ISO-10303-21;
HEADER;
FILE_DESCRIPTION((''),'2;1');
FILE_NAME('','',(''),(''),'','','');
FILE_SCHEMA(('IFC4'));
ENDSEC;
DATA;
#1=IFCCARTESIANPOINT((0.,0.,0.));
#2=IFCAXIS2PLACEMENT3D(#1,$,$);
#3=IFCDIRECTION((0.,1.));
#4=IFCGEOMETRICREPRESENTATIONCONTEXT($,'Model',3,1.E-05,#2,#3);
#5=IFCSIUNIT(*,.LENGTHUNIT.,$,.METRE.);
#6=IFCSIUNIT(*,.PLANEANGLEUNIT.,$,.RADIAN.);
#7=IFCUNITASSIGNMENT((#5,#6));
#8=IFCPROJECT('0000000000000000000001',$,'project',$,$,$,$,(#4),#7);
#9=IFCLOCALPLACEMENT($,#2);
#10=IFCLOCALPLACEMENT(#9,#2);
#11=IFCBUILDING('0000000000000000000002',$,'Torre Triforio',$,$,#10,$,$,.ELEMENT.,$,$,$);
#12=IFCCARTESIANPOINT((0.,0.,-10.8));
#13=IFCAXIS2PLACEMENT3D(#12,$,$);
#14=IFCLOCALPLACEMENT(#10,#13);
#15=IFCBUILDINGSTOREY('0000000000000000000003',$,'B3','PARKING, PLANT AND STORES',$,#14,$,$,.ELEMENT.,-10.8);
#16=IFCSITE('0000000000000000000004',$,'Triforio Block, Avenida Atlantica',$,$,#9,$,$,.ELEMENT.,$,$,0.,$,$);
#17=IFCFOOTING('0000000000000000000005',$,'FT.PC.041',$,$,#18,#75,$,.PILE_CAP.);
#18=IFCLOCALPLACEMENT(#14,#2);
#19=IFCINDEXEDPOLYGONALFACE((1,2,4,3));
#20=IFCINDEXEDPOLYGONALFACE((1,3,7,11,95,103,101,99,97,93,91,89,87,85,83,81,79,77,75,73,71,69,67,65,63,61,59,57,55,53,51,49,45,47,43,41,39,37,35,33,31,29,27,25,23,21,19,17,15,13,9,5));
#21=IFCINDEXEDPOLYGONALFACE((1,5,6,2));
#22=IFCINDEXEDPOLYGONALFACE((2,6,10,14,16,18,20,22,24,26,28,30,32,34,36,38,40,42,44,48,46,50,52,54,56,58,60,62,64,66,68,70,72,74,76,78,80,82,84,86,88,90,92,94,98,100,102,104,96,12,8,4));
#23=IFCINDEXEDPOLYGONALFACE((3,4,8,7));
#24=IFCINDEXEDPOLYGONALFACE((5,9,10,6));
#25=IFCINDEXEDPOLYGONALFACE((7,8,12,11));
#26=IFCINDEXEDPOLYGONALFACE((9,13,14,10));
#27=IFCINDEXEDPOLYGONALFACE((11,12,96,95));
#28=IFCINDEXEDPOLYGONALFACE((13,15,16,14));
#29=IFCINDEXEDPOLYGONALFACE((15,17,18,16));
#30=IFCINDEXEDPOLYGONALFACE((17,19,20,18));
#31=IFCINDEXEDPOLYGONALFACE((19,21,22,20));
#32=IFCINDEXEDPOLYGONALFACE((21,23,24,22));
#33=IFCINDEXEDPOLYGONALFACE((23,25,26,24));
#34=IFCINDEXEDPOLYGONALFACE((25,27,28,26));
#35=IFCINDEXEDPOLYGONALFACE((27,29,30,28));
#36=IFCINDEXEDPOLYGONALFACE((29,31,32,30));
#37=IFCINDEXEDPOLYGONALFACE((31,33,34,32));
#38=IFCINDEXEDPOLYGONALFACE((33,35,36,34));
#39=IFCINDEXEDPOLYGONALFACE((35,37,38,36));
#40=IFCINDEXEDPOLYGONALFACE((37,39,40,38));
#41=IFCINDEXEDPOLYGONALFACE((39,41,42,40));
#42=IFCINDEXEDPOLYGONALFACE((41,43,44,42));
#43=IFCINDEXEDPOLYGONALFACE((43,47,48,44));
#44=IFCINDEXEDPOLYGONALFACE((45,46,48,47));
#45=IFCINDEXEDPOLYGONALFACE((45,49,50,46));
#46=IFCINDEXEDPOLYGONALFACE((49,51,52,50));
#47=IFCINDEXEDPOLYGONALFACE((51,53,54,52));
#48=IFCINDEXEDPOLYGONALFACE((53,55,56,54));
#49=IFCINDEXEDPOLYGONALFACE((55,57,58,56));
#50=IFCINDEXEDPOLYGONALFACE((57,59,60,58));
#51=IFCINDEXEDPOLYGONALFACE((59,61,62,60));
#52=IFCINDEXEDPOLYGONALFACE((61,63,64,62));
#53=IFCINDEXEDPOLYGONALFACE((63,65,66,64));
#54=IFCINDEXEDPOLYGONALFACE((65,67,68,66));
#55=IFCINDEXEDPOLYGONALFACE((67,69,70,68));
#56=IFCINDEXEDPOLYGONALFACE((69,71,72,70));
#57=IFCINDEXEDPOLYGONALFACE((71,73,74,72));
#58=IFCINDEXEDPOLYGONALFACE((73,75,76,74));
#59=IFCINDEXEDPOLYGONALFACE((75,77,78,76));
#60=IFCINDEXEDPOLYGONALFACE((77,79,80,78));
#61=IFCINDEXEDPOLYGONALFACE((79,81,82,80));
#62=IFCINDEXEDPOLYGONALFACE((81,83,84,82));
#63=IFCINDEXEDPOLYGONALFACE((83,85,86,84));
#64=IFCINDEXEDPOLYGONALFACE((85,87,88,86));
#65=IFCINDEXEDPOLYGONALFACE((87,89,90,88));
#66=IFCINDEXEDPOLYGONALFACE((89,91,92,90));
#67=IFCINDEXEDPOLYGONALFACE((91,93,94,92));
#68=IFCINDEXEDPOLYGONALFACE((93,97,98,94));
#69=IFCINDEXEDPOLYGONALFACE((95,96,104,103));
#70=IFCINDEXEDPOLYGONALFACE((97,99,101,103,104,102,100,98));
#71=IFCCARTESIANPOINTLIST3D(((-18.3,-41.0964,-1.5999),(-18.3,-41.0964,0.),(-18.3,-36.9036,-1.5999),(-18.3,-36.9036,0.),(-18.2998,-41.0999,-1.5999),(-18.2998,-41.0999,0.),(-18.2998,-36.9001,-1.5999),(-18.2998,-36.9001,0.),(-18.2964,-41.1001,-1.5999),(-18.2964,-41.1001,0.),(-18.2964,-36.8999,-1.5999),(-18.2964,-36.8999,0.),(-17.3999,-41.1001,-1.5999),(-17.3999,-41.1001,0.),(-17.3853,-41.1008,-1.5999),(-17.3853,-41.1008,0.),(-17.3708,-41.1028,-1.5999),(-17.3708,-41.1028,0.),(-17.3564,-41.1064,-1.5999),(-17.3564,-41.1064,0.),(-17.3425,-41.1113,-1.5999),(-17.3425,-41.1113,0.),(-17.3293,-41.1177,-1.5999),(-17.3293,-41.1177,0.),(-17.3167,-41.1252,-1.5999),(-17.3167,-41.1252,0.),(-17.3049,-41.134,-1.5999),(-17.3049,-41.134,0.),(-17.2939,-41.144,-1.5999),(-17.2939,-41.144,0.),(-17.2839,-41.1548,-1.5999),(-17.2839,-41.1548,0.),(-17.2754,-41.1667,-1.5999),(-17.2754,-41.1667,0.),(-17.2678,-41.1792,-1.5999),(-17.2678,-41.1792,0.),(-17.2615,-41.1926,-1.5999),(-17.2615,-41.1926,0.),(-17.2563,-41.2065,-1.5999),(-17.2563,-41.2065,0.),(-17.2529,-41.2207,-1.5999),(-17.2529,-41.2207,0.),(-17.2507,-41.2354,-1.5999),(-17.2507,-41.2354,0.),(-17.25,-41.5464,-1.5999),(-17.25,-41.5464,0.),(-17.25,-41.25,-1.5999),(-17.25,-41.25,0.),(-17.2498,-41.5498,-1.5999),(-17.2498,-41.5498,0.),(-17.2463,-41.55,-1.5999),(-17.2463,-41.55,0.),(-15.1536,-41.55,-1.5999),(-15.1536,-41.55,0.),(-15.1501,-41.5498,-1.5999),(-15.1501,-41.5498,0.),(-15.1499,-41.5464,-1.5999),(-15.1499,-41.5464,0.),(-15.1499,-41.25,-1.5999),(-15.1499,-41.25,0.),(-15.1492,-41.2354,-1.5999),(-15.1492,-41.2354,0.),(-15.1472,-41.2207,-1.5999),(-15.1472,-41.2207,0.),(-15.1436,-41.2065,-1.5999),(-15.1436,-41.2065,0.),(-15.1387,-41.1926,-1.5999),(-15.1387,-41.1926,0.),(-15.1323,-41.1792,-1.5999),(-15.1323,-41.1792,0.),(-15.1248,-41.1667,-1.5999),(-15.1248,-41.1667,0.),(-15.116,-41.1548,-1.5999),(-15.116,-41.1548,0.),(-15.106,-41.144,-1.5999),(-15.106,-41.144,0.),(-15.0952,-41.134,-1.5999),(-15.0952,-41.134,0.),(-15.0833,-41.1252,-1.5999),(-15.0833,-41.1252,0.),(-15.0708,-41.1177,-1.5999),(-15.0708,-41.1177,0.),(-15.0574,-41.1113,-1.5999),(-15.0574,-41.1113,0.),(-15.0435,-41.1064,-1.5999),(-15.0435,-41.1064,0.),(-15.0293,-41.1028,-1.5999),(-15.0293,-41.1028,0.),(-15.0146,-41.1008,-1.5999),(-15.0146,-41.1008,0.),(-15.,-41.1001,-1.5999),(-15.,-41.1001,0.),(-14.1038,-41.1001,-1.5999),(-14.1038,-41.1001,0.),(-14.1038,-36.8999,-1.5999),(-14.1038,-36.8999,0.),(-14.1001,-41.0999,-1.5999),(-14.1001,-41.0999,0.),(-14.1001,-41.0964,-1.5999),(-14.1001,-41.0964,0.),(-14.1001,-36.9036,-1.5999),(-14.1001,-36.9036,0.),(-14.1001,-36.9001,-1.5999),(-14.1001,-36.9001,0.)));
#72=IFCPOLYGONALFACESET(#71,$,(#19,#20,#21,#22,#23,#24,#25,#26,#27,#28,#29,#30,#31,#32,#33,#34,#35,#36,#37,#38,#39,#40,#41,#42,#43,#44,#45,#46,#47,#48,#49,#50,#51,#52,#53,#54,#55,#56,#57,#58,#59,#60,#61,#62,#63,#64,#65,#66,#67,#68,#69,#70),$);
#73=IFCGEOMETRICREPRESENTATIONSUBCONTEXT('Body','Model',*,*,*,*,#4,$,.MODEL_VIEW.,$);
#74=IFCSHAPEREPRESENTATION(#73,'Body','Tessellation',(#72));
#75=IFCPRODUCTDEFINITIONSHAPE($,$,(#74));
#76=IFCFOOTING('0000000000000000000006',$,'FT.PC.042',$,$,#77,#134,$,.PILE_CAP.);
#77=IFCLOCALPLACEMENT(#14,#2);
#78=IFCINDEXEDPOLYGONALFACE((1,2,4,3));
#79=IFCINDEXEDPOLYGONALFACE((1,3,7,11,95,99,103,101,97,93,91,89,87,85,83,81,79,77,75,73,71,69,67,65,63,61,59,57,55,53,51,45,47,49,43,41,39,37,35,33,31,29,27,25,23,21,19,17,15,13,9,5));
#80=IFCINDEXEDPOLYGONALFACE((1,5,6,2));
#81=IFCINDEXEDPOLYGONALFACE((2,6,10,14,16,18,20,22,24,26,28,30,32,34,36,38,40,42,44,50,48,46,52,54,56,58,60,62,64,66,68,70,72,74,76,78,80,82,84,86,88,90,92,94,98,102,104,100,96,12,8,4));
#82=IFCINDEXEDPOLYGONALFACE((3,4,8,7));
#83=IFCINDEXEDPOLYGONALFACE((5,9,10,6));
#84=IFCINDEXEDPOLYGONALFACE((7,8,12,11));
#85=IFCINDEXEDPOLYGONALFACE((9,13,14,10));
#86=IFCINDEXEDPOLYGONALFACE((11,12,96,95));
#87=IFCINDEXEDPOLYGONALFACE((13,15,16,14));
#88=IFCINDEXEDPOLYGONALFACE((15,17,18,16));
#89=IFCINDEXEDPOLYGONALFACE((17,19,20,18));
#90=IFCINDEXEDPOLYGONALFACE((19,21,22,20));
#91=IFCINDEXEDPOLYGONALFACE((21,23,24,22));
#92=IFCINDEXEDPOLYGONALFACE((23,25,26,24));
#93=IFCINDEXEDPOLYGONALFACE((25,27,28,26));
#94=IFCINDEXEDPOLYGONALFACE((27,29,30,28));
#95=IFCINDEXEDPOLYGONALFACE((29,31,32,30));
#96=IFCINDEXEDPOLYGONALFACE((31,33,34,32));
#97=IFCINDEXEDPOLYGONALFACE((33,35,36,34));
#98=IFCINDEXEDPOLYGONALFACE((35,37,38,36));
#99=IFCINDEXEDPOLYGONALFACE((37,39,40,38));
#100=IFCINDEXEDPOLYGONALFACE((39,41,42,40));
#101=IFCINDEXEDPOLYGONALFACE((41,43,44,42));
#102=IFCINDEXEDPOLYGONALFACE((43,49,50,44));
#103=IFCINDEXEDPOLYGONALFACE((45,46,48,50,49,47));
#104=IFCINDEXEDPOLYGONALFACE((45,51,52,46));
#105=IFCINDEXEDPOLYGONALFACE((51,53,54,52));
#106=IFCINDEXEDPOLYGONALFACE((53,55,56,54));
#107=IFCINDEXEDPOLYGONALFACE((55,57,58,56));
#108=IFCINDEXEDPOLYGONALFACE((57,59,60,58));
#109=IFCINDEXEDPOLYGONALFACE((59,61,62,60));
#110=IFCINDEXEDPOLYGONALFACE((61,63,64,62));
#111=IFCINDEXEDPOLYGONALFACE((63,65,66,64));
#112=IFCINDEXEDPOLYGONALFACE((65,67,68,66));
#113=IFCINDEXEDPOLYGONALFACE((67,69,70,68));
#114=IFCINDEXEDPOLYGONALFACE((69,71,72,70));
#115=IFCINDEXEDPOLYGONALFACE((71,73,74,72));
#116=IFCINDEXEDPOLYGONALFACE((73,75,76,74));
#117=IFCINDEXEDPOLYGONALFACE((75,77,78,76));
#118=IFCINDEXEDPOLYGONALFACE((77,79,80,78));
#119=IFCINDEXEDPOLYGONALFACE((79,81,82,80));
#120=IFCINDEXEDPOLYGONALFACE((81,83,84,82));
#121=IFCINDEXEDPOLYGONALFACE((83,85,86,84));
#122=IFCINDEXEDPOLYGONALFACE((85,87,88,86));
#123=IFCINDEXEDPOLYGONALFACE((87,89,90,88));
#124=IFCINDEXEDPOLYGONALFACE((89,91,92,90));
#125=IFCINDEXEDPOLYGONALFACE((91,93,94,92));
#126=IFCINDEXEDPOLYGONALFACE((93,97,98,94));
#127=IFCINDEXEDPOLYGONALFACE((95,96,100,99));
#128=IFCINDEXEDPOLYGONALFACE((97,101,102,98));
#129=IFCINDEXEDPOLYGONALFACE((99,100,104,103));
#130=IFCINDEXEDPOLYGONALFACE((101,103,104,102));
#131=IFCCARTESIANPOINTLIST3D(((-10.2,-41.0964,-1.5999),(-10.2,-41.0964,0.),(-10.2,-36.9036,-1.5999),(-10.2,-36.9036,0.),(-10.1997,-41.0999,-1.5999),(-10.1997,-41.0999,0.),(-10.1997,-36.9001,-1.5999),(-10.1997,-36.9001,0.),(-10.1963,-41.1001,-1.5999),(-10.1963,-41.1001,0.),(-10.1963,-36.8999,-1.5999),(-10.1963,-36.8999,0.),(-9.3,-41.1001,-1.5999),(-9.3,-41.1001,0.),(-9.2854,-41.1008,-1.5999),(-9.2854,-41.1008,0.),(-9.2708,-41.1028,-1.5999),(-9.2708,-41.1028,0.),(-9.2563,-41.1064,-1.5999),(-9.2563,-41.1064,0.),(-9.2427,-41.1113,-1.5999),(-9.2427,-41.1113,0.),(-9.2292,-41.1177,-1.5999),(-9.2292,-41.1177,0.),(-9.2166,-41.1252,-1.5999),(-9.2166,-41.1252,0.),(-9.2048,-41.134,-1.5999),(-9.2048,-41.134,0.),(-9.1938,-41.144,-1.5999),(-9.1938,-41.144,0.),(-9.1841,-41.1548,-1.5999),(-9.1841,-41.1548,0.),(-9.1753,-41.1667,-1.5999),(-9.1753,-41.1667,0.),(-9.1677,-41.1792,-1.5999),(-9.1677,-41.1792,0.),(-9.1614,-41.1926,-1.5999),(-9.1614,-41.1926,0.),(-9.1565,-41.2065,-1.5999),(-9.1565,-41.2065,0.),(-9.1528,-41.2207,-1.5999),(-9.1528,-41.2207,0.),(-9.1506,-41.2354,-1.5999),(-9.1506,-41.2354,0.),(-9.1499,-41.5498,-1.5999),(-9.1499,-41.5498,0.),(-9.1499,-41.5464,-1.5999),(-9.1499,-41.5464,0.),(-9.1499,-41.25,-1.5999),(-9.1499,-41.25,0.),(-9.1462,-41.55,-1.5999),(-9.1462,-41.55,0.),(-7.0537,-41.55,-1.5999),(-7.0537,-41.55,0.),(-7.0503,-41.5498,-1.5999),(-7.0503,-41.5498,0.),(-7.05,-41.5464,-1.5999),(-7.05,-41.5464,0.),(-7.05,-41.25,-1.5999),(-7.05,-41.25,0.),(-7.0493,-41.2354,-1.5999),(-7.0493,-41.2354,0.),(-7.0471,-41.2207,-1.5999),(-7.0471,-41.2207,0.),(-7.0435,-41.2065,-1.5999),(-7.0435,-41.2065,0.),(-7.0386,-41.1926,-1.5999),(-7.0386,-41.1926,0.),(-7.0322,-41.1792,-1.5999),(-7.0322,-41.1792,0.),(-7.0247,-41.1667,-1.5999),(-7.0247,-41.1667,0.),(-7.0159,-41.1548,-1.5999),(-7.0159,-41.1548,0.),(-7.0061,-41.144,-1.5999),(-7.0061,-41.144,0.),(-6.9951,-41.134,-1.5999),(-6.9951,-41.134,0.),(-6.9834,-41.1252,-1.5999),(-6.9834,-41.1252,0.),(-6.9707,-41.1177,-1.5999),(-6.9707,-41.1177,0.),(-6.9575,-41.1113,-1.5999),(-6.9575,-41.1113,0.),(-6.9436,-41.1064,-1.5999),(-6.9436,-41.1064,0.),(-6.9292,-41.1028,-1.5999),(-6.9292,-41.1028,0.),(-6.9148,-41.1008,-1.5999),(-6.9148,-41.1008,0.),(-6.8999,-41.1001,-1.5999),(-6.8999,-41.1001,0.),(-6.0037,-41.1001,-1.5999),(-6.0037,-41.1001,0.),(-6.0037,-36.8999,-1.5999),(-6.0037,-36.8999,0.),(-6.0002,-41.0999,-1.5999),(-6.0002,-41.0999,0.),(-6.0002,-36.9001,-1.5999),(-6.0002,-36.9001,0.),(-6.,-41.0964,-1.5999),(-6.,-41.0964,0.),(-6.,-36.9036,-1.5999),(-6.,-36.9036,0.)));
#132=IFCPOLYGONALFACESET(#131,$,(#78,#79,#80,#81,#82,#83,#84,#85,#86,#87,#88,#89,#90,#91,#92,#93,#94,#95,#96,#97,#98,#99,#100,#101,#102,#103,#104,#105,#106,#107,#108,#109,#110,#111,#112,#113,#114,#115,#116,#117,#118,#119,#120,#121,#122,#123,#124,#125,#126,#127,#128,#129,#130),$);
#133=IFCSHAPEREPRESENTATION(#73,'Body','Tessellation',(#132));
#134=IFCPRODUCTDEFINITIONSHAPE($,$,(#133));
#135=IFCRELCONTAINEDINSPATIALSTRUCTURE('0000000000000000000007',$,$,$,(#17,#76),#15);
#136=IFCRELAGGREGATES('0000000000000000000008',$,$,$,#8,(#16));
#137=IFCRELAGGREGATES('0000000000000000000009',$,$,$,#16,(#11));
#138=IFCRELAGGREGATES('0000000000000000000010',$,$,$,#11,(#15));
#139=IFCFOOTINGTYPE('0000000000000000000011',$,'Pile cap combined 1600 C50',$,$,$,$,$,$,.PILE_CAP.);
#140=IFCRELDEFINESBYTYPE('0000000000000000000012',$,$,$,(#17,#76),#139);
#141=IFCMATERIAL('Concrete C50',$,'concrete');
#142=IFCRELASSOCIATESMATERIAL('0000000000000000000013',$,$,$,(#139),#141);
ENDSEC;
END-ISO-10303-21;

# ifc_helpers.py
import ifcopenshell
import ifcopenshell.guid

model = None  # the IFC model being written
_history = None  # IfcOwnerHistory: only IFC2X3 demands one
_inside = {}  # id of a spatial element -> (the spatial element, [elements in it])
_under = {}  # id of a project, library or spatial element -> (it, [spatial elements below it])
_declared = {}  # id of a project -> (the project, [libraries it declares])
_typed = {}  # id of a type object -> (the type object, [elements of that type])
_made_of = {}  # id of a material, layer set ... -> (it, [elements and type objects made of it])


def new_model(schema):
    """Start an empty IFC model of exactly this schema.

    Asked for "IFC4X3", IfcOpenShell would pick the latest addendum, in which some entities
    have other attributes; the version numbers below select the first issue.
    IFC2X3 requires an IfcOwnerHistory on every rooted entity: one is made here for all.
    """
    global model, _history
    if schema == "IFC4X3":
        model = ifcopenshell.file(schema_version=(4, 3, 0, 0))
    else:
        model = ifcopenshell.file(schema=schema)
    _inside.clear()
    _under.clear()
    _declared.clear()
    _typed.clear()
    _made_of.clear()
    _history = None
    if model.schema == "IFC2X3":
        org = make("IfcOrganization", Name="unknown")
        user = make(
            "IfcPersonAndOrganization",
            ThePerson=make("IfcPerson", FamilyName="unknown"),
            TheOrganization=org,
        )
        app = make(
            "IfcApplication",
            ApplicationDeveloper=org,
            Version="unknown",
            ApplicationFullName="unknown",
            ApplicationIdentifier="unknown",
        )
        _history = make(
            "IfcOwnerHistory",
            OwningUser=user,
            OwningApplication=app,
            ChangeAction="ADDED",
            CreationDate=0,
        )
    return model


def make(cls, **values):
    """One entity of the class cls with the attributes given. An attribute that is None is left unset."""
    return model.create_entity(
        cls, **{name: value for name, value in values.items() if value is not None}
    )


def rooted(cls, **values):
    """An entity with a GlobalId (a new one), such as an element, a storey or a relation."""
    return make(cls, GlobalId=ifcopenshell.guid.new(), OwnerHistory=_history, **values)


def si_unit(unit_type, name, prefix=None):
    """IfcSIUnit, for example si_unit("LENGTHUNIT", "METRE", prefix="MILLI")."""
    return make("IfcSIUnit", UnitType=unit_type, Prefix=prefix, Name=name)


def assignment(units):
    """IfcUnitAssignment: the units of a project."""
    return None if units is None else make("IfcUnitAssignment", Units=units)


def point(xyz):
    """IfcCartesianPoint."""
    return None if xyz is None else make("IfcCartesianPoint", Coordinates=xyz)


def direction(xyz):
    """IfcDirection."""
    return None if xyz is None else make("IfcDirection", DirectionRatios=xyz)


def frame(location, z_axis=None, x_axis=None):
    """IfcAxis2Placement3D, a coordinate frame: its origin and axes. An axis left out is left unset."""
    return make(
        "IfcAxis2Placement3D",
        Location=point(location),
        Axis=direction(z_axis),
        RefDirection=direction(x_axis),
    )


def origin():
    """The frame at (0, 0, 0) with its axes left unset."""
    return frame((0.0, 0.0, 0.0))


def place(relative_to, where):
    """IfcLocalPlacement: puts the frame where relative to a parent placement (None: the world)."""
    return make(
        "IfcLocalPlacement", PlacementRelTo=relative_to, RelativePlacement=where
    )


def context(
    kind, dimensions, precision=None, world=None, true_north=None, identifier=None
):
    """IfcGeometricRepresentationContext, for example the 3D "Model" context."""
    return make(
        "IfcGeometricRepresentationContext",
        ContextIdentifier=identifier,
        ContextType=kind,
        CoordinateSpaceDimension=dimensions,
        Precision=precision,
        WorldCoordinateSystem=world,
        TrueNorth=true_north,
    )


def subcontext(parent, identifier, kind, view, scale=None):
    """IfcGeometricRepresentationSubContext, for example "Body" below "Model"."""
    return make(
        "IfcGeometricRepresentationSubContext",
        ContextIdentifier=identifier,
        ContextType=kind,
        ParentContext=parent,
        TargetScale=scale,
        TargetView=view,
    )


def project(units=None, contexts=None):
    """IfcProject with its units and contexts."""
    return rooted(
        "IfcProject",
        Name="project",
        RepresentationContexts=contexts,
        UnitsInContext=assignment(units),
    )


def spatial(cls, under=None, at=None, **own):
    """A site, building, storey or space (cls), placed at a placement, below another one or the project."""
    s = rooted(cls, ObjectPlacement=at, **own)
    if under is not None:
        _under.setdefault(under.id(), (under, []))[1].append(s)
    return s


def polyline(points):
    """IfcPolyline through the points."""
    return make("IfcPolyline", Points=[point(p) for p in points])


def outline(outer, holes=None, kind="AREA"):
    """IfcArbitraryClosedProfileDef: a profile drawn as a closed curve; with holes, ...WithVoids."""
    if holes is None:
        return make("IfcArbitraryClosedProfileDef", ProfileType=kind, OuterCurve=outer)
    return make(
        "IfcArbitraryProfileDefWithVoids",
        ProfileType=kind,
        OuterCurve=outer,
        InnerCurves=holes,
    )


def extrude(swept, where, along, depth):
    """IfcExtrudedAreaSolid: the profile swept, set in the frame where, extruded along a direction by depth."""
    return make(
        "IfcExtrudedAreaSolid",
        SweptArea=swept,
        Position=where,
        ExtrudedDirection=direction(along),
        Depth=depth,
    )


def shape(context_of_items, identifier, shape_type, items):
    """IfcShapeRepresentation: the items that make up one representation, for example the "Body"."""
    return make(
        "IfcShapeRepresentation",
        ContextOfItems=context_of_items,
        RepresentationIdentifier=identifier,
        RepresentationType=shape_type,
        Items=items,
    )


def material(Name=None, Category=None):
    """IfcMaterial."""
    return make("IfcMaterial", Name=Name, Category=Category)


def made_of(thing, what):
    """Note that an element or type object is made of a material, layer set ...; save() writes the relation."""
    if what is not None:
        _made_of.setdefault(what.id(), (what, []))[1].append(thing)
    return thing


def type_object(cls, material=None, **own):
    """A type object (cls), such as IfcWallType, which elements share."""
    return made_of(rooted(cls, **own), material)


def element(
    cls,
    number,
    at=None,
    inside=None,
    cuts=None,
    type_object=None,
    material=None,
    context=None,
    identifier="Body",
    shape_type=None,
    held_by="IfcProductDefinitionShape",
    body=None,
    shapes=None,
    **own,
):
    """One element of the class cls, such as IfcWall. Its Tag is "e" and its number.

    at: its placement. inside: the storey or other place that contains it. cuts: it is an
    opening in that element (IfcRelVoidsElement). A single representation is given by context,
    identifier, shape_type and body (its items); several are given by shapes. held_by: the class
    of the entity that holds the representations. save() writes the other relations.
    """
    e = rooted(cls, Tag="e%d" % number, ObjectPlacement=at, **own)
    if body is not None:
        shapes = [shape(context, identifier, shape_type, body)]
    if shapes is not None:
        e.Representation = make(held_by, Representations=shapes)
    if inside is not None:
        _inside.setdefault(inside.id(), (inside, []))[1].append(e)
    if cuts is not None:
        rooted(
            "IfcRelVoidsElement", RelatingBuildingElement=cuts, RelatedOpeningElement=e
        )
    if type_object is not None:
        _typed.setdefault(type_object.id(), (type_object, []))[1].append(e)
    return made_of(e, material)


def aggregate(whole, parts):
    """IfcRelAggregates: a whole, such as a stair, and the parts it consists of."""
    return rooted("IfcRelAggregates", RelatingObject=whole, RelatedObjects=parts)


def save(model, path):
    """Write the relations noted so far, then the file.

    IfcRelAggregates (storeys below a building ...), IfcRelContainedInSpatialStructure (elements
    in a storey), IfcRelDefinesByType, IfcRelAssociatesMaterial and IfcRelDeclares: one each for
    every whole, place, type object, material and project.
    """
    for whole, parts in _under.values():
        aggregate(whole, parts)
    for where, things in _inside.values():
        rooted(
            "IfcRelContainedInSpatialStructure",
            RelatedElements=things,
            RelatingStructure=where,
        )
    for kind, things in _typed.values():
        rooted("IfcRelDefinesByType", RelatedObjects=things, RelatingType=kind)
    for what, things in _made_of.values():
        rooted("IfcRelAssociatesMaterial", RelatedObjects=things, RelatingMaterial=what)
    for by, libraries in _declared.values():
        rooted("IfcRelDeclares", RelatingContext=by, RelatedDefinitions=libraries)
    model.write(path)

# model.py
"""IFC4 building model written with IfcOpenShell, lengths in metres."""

from ifc_helpers import new_model, si_unit, direction, frame, origin, place, context, subcontext, project, spatial, polyline, outline, extrude, material, type_object, element, save


model = new_model("IFC4")

# Units and contexts
model_context = context("Model", 3, precision=1e-05, world=origin(), true_north=direction((0.0, 1.0)))
body_context = subcontext(model_context, "Body", "Model", "MODEL_VIEW")
ifc_project = project(units=[si_unit("LENGTHUNIT", "METRE"), si_unit("PLANEANGLEUNIT", "RADIAN")], contexts=[model_context])

# Site, building, storey
site_placement = place(None, origin())
site = spatial("IfcSite", under=ifc_project, at=site_placement, Name="Triforio Block, Avenida Atlantica", CompositionType="ELEMENT", RefElevation=0.0)
building_placement = place(site_placement, origin())
building = spatial("IfcBuilding", under=site, at=building_placement, Name="Torre Triforio", CompositionType="ELEMENT")
storey_placement = place(building_placement, frame((0.0, 0.0, -10.8)))
storey = spatial("IfcBuildingStorey", under=building, at=storey_placement, Name="B3", Description="PARKING, PLANT AND STORES", CompositionType="ELEMENT", Elevation=-10.8)

# Footings
ifc_material_1 = material(Name="Concrete C50", Category="concrete")
footing_type_1 = type_object("IfcFootingType", Name="Pile cap combined 1600 C50", PredefinedType="PILE_CAP", material=ifc_material_1)
footing_1_placement = place(storey_placement, frame((0.0, 0.0, -1.5999)))
element("IfcFooting", 1, at=footing_1_placement, inside=storey, type_object=footing_type_1, Name="FT.PC.041", PredefinedType="PILE_CAP", context=body_context, shape_type="SweptSolid", body=[
    extrude(outline(polyline([(-18.2998, -41.0999), (-18.2964, -41.1001), (-17.3999, -41.1001), (-17.3853, -41.1008), (-17.3708, -41.1028), (-17.3564, -41.1064), (-17.3425, -41.1113), (-17.3293, -41.1177), (-17.3167, -41.1252), (-17.3049, -41.134), (-17.2939, -41.144), (-17.2839, -41.1548), (-17.2754, -41.1667), (-17.2678, -41.1792), (-17.2615, -41.1926), (-17.2563, -41.2065), (-17.2529, -41.2207), (-17.2507, -41.2354), (-17.25, -41.25), (-17.25, -41.5464), (-17.2498, -41.5498), (-17.2463, -41.55), (-15.1536, -41.55), (-15.1501, -41.5498), (-15.1499, -41.5464), (-15.1499, -41.25), (-15.1492, -41.2354), (-15.1472, -41.2207), (-15.1436, -41.2065), (-15.1387, -41.1926), (-15.1323, -41.1792), (-15.1248, -41.1667), (-15.116, -41.1548), (-15.106, -41.144), (-15.0952, -41.134), (-15.0833, -41.1252), (-15.0708, -41.1177), (-15.0574, -41.1113), (-15.0435, -41.1064), (-15.0293, -41.1028), (-15.0146, -41.1008), (-15.0, -41.1001), (-14.1038, -41.1001), (-14.1001, -41.0999), (-14.1001, -41.0964), (-14.1001, -36.9036), (-14.1001, -36.9001), (-14.1038, -36.8999), (-18.2964, -36.8999), (-18.2998, -36.9001), (-18.3, -36.9036), (-18.3, -41.0964), (-18.2998, -41.0999)])), origin(), (0.0, 0.0, 1.0), 1.5999),
])
footing_2_placement = place(storey_placement, frame((0.0, 0.0, -1.5999)))
element("IfcFooting", 2, at=footing_2_placement, inside=storey, type_object=footing_type_1, Name="FT.PC.042", PredefinedType="PILE_CAP", context=body_context, shape_type="SweptSolid", body=[
    extrude(outline(polyline([(-10.1997, -41.0999), (-10.1963, -41.1001), (-9.3, -41.1001), (-9.2854, -41.1008), (-9.2708, -41.1028), (-9.2563, -41.1064), (-9.2427, -41.1113), (-9.2292, -41.1177), (-9.2166, -41.1252), (-9.2048, -41.134), (-9.1938, -41.144), (-9.1841, -41.1548), (-9.1753, -41.1667), (-9.1677, -41.1792), (-9.1614, -41.1926), (-9.1565, -41.2065), (-9.1528, -41.2207), (-9.1506, -41.2354), (-9.1499, -41.25), (-9.1499, -41.5464), (-9.1499, -41.5498), (-9.1462, -41.55), (-7.0537, -41.55), (-7.0503, -41.5498), (-7.05, -41.5464), (-7.05, -41.25), (-7.0493, -41.2354), (-7.0471, -41.2207), (-7.0435, -41.2065), (-7.0386, -41.1926), (-7.0322, -41.1792), (-7.0247, -41.1667), (-7.0159, -41.1548), (-7.0061, -41.144), (-6.9951, -41.134), (-6.9834, -41.1252), (-6.9707, -41.1177), (-6.9575, -41.1113), (-6.9436, -41.1064), (-6.9292, -41.1028), (-6.9148, -41.1008), (-6.8999, -41.1001), (-6.0037, -41.1001), (-6.0002, -41.0999), (-6.0, -41.0964), (-6.0, -36.9036), (-6.0002, -36.9001), (-6.0037, -36.8999), (-10.1963, -36.8999), (-10.1997, -36.9001), (-10.2, -36.9036), (-10.2, -41.0964), (-10.1997, -41.0999)])), origin(), (0.0, 0.0, 1.0), 1.5999),
])

save(model, "model.ifc")
